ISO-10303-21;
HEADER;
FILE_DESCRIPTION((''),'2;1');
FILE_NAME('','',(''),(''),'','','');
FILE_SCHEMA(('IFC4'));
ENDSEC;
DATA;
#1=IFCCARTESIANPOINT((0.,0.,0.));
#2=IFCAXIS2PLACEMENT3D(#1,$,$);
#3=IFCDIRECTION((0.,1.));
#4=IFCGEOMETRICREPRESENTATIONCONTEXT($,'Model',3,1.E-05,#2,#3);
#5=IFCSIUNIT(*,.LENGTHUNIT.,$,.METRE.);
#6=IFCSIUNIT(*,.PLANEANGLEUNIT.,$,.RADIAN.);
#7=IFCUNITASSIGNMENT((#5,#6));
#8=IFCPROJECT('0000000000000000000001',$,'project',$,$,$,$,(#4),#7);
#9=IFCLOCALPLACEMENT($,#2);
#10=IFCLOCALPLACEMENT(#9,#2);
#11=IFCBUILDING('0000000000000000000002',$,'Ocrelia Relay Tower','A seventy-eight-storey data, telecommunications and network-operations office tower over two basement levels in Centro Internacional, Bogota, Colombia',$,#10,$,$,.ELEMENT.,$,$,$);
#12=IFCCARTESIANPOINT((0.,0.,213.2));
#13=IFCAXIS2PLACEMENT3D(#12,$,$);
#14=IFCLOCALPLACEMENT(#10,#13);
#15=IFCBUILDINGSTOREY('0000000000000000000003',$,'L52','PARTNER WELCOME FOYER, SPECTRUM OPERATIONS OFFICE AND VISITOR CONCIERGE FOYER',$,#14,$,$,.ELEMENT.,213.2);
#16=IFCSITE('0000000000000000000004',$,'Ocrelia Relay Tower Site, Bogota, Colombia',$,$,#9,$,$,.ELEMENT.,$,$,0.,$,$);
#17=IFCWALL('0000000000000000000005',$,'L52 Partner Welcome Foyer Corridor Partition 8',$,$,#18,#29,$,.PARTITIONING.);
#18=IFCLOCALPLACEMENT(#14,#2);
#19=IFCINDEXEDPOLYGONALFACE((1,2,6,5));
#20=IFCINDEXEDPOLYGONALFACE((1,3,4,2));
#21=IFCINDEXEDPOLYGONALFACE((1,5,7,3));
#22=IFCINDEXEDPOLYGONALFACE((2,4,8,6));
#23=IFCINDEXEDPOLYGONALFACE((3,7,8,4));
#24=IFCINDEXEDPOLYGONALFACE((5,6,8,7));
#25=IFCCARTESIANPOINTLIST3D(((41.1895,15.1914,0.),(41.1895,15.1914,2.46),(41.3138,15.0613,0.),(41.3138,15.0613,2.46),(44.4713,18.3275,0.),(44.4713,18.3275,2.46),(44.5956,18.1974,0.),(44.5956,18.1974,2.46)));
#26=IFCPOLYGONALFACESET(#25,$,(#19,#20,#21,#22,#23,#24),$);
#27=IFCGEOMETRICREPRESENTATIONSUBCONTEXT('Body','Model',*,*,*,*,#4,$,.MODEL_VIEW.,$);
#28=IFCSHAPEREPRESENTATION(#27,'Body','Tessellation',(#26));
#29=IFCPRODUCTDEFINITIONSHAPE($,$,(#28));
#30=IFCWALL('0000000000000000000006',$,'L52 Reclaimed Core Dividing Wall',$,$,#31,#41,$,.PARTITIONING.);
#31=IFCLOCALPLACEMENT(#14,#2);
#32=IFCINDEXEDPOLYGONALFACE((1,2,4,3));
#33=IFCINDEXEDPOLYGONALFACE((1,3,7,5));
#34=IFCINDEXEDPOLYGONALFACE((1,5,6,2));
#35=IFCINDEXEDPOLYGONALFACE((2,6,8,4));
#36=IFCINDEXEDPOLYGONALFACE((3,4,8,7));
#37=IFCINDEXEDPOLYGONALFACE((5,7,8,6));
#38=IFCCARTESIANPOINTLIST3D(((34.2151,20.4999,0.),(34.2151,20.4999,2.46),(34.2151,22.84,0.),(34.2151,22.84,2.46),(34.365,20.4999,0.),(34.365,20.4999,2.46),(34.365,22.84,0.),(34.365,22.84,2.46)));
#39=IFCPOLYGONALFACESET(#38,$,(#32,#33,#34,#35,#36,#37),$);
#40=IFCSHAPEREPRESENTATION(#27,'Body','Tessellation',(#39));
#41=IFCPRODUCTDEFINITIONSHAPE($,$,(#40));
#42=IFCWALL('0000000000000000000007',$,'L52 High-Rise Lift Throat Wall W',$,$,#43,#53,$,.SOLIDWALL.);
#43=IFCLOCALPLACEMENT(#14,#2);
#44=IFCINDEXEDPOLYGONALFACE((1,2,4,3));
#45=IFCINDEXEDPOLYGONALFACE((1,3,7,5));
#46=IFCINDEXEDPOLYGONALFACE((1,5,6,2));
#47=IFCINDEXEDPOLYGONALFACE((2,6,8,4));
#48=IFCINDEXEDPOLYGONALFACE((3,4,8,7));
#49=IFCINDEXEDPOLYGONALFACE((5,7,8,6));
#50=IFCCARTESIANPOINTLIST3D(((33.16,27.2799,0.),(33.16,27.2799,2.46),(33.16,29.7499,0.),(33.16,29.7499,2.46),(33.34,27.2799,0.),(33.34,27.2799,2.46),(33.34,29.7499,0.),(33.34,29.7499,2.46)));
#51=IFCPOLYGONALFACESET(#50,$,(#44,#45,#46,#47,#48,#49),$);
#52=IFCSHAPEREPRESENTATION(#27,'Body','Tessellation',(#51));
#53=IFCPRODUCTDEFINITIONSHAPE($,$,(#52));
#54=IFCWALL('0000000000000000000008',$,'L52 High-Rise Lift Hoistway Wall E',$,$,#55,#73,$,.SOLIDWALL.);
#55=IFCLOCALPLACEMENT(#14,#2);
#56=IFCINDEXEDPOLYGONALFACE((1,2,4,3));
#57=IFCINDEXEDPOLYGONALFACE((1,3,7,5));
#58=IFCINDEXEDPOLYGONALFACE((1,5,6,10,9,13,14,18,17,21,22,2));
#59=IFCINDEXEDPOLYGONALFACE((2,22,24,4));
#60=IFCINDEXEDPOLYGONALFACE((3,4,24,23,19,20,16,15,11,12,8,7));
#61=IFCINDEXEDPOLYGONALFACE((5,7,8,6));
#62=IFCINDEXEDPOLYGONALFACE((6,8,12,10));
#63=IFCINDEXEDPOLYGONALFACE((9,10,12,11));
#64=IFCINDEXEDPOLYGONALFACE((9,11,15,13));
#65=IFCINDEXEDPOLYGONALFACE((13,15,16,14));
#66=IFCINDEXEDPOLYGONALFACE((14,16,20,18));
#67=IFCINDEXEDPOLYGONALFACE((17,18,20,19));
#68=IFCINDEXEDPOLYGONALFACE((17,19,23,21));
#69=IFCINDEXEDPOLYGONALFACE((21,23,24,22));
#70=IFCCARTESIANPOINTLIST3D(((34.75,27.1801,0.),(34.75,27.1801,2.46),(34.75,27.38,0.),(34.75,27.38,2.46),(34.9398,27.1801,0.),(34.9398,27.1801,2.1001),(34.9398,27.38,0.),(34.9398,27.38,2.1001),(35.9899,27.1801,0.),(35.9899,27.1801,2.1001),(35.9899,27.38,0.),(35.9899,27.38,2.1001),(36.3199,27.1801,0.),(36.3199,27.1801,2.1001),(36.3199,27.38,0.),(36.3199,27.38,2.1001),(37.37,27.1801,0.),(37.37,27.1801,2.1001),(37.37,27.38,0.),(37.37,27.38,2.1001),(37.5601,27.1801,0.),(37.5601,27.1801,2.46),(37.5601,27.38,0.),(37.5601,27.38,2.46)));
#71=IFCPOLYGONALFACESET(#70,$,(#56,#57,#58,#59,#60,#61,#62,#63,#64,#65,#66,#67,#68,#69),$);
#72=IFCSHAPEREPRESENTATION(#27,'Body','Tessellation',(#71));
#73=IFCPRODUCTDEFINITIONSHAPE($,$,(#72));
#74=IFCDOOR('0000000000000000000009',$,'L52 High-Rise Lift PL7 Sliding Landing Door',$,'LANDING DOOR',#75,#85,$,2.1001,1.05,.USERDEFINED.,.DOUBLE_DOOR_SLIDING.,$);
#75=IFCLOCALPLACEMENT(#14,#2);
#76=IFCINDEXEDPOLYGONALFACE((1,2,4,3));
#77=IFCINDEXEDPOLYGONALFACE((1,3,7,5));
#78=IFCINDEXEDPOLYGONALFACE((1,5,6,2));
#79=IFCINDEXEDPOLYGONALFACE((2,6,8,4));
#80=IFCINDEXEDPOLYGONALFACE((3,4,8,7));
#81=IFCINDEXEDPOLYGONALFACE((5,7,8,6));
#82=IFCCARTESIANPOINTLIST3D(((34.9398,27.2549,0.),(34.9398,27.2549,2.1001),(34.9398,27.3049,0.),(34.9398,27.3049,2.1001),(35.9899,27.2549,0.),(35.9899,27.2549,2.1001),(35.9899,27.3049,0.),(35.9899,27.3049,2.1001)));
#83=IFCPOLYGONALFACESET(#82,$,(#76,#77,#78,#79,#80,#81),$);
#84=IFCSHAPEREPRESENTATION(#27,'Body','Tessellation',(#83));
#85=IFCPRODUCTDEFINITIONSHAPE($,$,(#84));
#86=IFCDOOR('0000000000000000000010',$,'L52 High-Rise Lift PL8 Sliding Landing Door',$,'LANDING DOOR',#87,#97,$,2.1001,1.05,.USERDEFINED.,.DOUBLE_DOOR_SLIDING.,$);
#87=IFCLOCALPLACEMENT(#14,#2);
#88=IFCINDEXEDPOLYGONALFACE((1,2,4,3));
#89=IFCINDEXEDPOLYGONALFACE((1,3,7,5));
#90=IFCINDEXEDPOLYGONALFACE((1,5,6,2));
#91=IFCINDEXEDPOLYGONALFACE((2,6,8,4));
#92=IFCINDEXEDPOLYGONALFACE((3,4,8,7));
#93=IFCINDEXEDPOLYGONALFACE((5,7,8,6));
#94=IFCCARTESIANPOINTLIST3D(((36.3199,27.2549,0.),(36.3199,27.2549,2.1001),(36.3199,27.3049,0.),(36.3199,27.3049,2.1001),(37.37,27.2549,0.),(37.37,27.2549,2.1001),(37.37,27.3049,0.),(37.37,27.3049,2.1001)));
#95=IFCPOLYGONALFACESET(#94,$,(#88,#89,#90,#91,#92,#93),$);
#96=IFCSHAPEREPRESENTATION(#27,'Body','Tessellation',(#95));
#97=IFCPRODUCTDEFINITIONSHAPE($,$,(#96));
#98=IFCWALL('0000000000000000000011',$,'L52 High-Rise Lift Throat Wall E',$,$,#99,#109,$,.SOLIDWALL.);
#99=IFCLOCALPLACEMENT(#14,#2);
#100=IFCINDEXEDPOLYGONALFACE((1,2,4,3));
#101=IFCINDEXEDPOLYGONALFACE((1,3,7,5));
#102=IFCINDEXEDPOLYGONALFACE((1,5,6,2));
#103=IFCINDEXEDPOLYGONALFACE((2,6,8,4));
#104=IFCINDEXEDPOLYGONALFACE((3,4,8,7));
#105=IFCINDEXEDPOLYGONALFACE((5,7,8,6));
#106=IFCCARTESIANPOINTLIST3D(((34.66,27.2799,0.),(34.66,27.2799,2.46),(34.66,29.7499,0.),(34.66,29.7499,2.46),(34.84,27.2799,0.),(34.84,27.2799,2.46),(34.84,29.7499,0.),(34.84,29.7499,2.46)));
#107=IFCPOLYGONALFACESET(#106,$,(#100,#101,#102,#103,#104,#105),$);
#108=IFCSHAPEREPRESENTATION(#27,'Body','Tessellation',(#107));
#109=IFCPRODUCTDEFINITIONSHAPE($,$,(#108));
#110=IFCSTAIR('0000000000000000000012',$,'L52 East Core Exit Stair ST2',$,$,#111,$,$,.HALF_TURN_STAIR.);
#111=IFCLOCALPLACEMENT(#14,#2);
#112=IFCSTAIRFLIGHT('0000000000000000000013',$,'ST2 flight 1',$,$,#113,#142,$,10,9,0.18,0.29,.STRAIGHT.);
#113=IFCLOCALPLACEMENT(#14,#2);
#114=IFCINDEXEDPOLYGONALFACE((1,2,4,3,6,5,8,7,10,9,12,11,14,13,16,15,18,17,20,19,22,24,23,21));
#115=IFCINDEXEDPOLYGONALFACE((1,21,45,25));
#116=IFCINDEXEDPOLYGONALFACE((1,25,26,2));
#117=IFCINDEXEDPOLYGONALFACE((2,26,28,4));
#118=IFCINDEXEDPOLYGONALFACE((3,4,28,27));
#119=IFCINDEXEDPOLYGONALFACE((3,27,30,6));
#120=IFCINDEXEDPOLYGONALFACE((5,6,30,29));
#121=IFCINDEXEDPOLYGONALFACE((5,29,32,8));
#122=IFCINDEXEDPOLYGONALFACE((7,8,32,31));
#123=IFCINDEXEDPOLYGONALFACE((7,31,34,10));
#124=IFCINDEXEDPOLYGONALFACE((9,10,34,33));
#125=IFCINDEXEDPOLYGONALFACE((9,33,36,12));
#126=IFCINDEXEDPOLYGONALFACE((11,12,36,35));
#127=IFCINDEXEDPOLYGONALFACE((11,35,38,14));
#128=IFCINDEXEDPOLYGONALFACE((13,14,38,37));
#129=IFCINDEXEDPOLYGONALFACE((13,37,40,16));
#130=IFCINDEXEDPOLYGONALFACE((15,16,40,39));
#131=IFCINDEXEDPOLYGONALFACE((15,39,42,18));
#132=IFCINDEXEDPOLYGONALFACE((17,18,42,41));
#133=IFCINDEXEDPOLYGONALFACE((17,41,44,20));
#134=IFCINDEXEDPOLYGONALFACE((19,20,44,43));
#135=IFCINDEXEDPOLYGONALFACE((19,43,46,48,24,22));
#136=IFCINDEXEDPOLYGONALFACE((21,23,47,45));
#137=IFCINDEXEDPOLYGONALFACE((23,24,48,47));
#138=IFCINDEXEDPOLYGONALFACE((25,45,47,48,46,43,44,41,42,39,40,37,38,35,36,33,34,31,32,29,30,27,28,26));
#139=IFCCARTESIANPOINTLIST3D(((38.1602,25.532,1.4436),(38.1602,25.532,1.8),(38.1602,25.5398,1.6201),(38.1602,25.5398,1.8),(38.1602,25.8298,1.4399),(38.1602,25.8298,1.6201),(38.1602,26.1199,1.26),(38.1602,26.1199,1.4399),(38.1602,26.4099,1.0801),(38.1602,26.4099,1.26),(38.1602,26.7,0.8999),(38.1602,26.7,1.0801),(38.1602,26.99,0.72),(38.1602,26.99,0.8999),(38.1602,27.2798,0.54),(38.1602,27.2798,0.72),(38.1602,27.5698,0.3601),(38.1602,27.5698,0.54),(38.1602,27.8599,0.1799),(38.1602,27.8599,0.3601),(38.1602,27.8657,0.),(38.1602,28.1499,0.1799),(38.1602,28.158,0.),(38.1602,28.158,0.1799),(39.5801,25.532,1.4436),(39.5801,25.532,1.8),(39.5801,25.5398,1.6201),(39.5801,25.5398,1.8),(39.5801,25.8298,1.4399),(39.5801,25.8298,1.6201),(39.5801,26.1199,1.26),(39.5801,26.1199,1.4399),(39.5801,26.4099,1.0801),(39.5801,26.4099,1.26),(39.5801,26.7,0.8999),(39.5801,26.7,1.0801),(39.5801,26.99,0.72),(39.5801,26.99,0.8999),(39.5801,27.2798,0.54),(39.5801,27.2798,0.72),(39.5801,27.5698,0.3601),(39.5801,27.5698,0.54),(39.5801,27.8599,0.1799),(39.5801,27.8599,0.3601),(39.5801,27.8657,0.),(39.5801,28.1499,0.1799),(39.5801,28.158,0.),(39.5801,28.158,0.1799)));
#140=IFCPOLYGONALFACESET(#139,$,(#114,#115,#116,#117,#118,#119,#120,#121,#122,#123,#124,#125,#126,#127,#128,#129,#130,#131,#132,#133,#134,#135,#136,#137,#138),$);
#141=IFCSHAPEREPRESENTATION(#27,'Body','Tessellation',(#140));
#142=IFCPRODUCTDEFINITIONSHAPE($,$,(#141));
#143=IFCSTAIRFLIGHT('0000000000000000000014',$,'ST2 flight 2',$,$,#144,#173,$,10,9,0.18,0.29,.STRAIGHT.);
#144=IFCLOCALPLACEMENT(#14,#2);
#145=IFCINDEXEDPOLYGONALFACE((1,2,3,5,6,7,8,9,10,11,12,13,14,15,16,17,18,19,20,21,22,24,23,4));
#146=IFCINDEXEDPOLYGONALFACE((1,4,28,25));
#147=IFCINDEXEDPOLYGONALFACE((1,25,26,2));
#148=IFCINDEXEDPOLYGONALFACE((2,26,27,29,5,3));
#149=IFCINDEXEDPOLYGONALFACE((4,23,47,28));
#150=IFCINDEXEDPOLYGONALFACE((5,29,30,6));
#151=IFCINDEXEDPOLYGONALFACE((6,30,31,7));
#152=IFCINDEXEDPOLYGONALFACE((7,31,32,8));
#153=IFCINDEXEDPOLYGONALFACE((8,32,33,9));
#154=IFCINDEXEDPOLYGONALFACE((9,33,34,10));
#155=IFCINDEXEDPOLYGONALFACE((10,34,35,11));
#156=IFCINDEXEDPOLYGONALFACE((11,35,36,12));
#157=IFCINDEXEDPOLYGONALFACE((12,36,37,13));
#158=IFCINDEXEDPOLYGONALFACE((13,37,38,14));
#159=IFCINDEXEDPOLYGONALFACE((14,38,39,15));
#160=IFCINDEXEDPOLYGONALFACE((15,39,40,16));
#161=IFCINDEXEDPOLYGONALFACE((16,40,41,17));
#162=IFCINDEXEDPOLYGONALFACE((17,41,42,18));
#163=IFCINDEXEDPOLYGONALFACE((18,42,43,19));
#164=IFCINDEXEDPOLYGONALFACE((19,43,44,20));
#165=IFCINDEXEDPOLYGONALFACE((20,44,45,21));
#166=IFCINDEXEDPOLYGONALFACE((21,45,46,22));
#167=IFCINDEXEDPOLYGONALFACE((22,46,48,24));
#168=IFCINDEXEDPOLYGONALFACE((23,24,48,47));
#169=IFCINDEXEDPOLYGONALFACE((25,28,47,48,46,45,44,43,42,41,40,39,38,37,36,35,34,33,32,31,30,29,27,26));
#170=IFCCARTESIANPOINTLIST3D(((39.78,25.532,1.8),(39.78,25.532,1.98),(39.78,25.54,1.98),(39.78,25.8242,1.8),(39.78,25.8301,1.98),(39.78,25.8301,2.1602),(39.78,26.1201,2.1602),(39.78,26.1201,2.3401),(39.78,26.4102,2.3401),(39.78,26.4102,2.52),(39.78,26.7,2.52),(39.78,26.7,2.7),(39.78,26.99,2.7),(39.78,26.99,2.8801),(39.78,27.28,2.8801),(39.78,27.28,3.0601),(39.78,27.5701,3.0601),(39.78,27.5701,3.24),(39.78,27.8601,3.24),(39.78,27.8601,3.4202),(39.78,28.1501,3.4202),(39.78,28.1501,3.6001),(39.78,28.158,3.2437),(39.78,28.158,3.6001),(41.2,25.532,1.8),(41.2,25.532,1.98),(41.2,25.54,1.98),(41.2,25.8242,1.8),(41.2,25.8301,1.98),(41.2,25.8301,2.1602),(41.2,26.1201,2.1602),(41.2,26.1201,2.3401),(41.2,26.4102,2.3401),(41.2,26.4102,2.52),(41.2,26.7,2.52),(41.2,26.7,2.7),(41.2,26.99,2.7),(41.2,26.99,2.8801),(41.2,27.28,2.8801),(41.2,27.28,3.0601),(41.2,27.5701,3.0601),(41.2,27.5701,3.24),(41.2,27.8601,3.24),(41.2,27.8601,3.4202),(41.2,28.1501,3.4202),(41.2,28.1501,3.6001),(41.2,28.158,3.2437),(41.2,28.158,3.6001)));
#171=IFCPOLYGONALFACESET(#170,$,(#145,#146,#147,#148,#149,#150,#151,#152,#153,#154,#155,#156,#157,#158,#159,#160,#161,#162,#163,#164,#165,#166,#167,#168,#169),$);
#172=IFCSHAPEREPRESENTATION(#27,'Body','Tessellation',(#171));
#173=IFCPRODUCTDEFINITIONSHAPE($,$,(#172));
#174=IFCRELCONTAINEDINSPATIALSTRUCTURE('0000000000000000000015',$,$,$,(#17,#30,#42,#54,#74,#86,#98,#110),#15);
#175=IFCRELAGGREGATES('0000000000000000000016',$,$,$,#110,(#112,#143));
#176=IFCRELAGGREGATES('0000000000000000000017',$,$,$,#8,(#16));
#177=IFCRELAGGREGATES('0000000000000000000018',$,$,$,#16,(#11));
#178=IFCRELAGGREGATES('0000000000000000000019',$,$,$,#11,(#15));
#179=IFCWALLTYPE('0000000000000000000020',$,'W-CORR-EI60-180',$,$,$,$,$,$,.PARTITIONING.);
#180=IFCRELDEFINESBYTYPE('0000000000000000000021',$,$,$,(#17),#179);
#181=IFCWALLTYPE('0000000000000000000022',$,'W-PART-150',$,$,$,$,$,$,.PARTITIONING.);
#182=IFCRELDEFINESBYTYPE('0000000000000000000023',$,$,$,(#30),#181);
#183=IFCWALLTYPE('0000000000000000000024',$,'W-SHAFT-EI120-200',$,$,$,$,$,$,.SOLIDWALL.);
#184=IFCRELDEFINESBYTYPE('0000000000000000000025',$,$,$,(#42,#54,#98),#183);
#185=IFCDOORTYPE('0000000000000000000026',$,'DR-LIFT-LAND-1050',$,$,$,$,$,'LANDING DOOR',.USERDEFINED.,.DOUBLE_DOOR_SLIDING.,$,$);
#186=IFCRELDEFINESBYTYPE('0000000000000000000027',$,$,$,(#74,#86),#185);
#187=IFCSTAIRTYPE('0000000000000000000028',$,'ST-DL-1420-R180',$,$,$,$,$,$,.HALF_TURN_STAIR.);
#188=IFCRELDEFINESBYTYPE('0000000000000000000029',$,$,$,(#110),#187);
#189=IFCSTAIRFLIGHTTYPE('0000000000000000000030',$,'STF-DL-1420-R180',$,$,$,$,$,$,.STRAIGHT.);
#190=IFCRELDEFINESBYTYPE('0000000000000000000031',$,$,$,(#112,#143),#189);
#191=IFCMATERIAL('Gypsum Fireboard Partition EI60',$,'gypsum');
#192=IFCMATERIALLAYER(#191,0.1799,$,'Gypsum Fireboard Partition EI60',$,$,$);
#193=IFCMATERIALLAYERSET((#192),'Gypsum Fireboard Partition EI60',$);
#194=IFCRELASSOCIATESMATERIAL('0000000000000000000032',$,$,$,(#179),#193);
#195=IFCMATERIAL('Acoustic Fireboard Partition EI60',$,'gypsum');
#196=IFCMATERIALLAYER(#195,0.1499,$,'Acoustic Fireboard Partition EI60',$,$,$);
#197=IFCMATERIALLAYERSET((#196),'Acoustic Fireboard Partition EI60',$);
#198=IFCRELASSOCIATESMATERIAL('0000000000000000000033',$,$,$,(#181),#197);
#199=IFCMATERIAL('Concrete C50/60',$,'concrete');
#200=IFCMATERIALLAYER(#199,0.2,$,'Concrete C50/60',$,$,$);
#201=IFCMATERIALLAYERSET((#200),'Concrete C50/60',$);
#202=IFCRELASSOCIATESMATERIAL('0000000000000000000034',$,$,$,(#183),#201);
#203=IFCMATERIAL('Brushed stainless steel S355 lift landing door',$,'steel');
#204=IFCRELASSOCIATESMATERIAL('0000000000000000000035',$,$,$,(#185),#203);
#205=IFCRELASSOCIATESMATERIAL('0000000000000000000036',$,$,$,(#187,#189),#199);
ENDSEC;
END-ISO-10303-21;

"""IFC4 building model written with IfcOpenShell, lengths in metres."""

from ifc_helpers import new_model, si_unit, direction, frame, frame_2d, origin, place, context, subcontext, project, spatial, polyline, rectangle, outline, extrude, material, layer, layer_set, type_object, element, fill, aggregate, save


model = new_model("IFC4")

# Units and contexts
model_context = context("Model", 3, precision=1e-05, world=origin(), true_north=direction((0.0, 1.0)))
body_context = subcontext(model_context, "Body", "Model", "MODEL_VIEW")
ifc_project = project(units=[si_unit("LENGTHUNIT", "METRE"), si_unit("PLANEANGLEUNIT", "RADIAN")], contexts=[model_context])

# Site, building, storey
site_placement = place(None, origin())
site = spatial("IfcSite", under=ifc_project, at=site_placement, Name="Ocrelia Relay Tower Site, Bogota, Colombia", CompositionType="ELEMENT", RefElevation=0.0)
building_placement = place(site_placement, origin())
building = spatial("IfcBuilding", under=site, at=building_placement, Name="Ocrelia Relay Tower", Description="A seventy-eight-storey data, telecommunications and network-operations office tower over two basement levels in Centro Internacional, Bogota, Colombia", CompositionType="ELEMENT")
storey_placement = place(building_placement, frame((0.0, 0.0, 213.2)))
storey = spatial("IfcBuildingStorey", under=building, at=storey_placement, Name="L52", Description="PARTNER WELCOME FOYER, SPECTRUM OPERATIONS OFFICE AND VISITOR CONCIERGE FOYER", CompositionType="ELEMENT", Elevation=213.2)

# Walls
ifc_material_1 = material(Name="Gypsum Fireboard Partition EI60", Category="gypsum")
ifc_layer_1 = layer(ifc_material_1, 0.1799, Name="Gypsum Fireboard Partition EI60")
ifc_layer_set_1 = layer_set([ifc_layer_1], Name="Gypsum Fireboard Partition EI60")
wall_type_1 = type_object("IfcWallType", Name="W-CORR-EI60-180", PredefinedType="PARTITIONING", material=ifc_layer_set_1)
wall_1_placement = place(storey_placement, frame((41.2517, 15.1265, 0.0), z_axis=(0.0, 0.0, 1.0), x_axis=(0.722979, 0.69087, 0.0)))
element("IfcWall", 1, at=wall_1_placement, inside=storey, type_object=wall_type_1, Name="L52 Partner Welcome Foyer Corridor Partition 8", PredefinedType="PARTITIONING", context=body_context, shape_type="SweptSolid", body=[
    extrude(rectangle(XDim=4.5393, YDim=0.1799, at=frame_2d((2.2695, 0.0))), origin(), (0.0, 0.0, 1.0), 2.46),
])
ifc_material_2 = material(Name="Acoustic Fireboard Partition EI60", Category="gypsum")
ifc_layer_2 = layer(ifc_material_2, 0.1499, Name="Acoustic Fireboard Partition EI60")
ifc_layer_set_2 = layer_set([ifc_layer_2], Name="Acoustic Fireboard Partition EI60")
wall_type_2 = type_object("IfcWallType", Name="W-PART-150", PredefinedType="PARTITIONING", material=ifc_layer_set_2)
wall_2_placement = place(storey_placement, frame((34.29, 20.5, 0.0), z_axis=(0.0, 0.0, 1.0), x_axis=(0.0, 1.0, 0.0)))
element("IfcWall", 2, at=wall_2_placement, inside=storey, type_object=wall_type_2, Name="L52 Reclaimed Core Dividing Wall", PredefinedType="PARTITIONING", context=body_context, shape_type="SweptSolid", body=[
    extrude(rectangle(XDim=2.3401, YDim=0.1499, at=frame_2d((1.1699, 0.0))), origin(), (0.0, 0.0, 1.0), 2.46),
])
ifc_material_3 = material(Name="Concrete C50/60", Category="concrete")
ifc_layer_3 = layer(ifc_material_3, 0.2, Name="Concrete C50/60")
ifc_layer_set_3 = layer_set([ifc_layer_3], Name="Concrete C50/60")
wall_type_3 = type_object("IfcWallType", Name="W-SHAFT-EI120-200", PredefinedType="SOLIDWALL", material=ifc_layer_set_3)
wall_3_placement = place(storey_placement, frame((33.25, 27.28, 0.0), z_axis=(0.0, 0.0, 1.0), x_axis=(0.0, 1.0, 0.0)))
element("IfcWall", 3, at=wall_3_placement, inside=storey, type_object=wall_type_3, Name="L52 High-Rise Lift Throat Wall W", PredefinedType="SOLIDWALL", context=body_context, shape_type="SweptSolid", body=[
    extrude(rectangle(XDim=2.47, YDim=0.1799, at=frame_2d((1.2349, 0.0))), origin(), (0.0, 0.0, 1.0), 2.46),
])

# Wall, openings, doors
wall_4_placement = place(storey_placement, frame((34.75, 27.28, 0.0), z_axis=(0.0, 0.0, 1.0), x_axis=(1.0, 0.0, 0.0)))
wall_4 = element("IfcWall", 4, at=wall_4_placement, inside=storey, type_object=wall_type_3, Name="L52 High-Rise Lift Hoistway Wall E", PredefinedType="SOLIDWALL", context=body_context, shape_type="SweptSolid", body=[
    extrude(rectangle(XDim=2.8101, YDim=0.2, at=frame_2d((1.405, 0.0))), origin(), (0.0, 0.0, 1.0), 2.46),
])
opening_1_placement = place(wall_4_placement, frame((0.1899, 0.0, 0.0)))
opening_1 = element("IfcOpeningElement", 5, at=opening_1_placement, cuts=wall_4, PredefinedType="OPENING", context=body_context, shape_type="SweptSolid", body=[
    extrude(rectangle(XDim=1.05, YDim=2.1001, at=frame_2d((0.5249, 1.05))), frame((0.0, 0.1099, 0.0), z_axis=(0.0, -1.0, 0.0), x_axis=(1.0, 0.0, 0.0)), (0.0, 0.0, 1.0), 0.22),
])
opening_2_placement = place(wall_4_placement, frame((1.5701, 0.0, 0.0)))
opening_2 = element("IfcOpeningElement", 6, at=opening_2_placement, cuts=wall_4, PredefinedType="OPENING", context=body_context, shape_type="SweptSolid", body=[
    extrude(rectangle(XDim=1.05, YDim=2.1001, at=frame_2d((0.5249, 1.05))), frame((0.0, 0.1099, 0.0), z_axis=(0.0, -1.0, 0.0), x_axis=(1.0, 0.0, 0.0)), (0.0, 0.0, 1.0), 0.22),
])
ifc_material_4 = material(Name="Brushed stainless steel S355 lift landing door", Category="steel")
door_type = type_object("IfcDoorType", Name="DR-LIFT-LAND-1050", ElementType="LANDING DOOR", OperationType="DOUBLE_DOOR_SLIDING", PredefinedType="USERDEFINED", material=ifc_material_4)
door_1_placement = place(opening_1_placement, origin())
door_1 = element("IfcDoor", 7, at=door_1_placement, inside=storey, type_object=door_type, Name="L52 High-Rise Lift PL7 Sliding Landing Door", ObjectType="LANDING DOOR", OperationType="DOUBLE_DOOR_SLIDING", OverallHeight=2.1001, OverallWidth=1.05, PredefinedType="USERDEFINED", context=body_context, shape_type="SweptSolid", body=[
    extrude(rectangle(XDim=1.05, YDim=2.1001, at=frame_2d((0.5249, 1.05))), frame((0.0, 0.0249, 0.0), z_axis=(0.0, -1.0, 0.0), x_axis=(1.0, 0.0, 0.0)), (0.0, 0.0, 1.0), 0.05),
])
fill(opening_1, door_1)
door_2_placement = place(opening_2_placement, origin())
door_2 = element("IfcDoor", 8, at=door_2_placement, inside=storey, type_object=door_type, Name="L52 High-Rise Lift PL8 Sliding Landing Door", ObjectType="LANDING DOOR", OperationType="DOUBLE_DOOR_SLIDING", OverallHeight=2.1001, OverallWidth=1.05, PredefinedType="USERDEFINED", context=body_context, shape_type="SweptSolid", body=[
    extrude(rectangle(XDim=1.05, YDim=2.1001, at=frame_2d((0.5249, 1.05))), frame((0.0, 0.0249, 0.0), z_axis=(0.0, -1.0, 0.0), x_axis=(1.0, 0.0, 0.0)), (0.0, 0.0, 1.0), 0.05),
])
fill(opening_2, door_2)

# Wall
wall_5_placement = place(storey_placement, frame((34.75, 27.28, 0.0), z_axis=(0.0, 0.0, 1.0), x_axis=(0.0, 1.0, 0.0)))
element("IfcWall", 9, at=wall_5_placement, inside=storey, type_object=wall_type_3, Name="L52 High-Rise Lift Throat Wall E", PredefinedType="SOLIDWALL", context=body_context, shape_type="SweptSolid", body=[
    extrude(rectangle(XDim=2.47, YDim=0.1799, at=frame_2d((1.2349, 0.0))), origin(), (0.0, 0.0, 1.0), 2.46),
])

# Stair, stair flights
stair_type = type_object("IfcStairType", Name="ST-DL-1420-R180", PredefinedType="HALF_TURN_STAIR", material=ifc_material_3)
stair_placement = place(storey_placement, origin())
stair = element("IfcStair", 10, at=stair_placement, inside=storey, type_object=stair_type, Name="L52 East Core Exit Stair ST2", PredefinedType="HALF_TURN_STAIR")
stair_flight_type = type_object("IfcStairFlightType", Name="STF-DL-1420-R180", PredefinedType="STRAIGHT", material=ifc_material_3)
stair_flight_1_placement = place(storey_placement, frame((38.8701, 28.1499, 0.0), z_axis=(0.0, 0.0, 1.0), x_axis=(0.0, -1.0, 0.0)))
stair_flight_1 = element("IfcStairFlight", 11, at=stair_flight_1_placement, type_object=stair_flight_type, Name="ST2 flight 1", NumberOfRisers=10, NumberOfTreads=9, PredefinedType="STRAIGHT", RiserHeight=0.18, TreadLength=0.29, context=body_context, shape_type="SweptSolid", body=[
    extrude(outline(polyline([(-0.0081, 0.0), (-0.0081, 0.1799), (0.0, 0.1799), (0.29, 0.1799), (0.29, 0.3601), (0.5801, 0.3601), (0.5801, 0.54), (0.8701, 0.54), (0.8701, 0.72), (1.1599, 0.72), (1.1599, 0.8999), (1.45, 0.8999), (1.45, 1.0801), (1.74, 1.0801), (1.74, 1.26), (2.03, 1.26), (2.03, 1.4399), (2.3201, 1.4399), (2.3201, 1.6201), (2.6101, 1.6201), (2.6101, 1.8), (2.6179, 1.8), (2.6179, 1.4436), (0.2842, 0.0), (-0.0081, 0.0)])), frame((0.0, 0.71, 0.0), z_axis=(0.0, -1.0, 0.0), x_axis=(1.0, 0.0, 0.0)), (0.0, 0.0, 1.0), 1.4199),
])
stair_flight_2_placement = place(storey_placement, frame((40.49, 25.54, 1.8), z_axis=(0.0, 0.0, 1.0), x_axis=(0.0, 1.0, 0.0)))
stair_flight_2 = element("IfcStairFlight", 12, at=stair_flight_2_placement, type_object=stair_flight_type, Name="ST2 flight 2", NumberOfRisers=10, NumberOfTreads=9, PredefinedType="STRAIGHT", RiserHeight=0.18, TreadLength=0.29, context=body_context, shape_type="SweptSolid", body=[
    extrude(outline(polyline([(-0.0081, 0.0), (-0.0081, 0.1799), (0.0, 0.1799), (0.29, 0.1799), (0.29, 0.3601), (0.5801, 0.3601), (0.5801, 0.54), (0.8701, 0.54), (0.8701, 0.72), (1.1599, 0.72), (1.1599, 0.8999), (1.45, 0.8999), (1.45, 1.0801), (1.74, 1.0801), (1.74, 1.26), (2.03, 1.26), (2.03, 1.4399), (2.3201, 1.4399), (2.3201, 1.6201), (2.6101, 1.6201), (2.6101, 1.8), (2.6179, 1.8), (2.6179, 1.4436), (0.2842, 0.0), (-0.0081, 0.0)])), frame((0.0, 0.71, 0.0), z_axis=(0.0, -1.0, 0.0), x_axis=(1.0, 0.0, 0.0)), (0.0, 0.0, 1.0), 1.4199),
])
aggregate(stair, [stair_flight_1, stair_flight_2])

save(model, "model.ifc")
